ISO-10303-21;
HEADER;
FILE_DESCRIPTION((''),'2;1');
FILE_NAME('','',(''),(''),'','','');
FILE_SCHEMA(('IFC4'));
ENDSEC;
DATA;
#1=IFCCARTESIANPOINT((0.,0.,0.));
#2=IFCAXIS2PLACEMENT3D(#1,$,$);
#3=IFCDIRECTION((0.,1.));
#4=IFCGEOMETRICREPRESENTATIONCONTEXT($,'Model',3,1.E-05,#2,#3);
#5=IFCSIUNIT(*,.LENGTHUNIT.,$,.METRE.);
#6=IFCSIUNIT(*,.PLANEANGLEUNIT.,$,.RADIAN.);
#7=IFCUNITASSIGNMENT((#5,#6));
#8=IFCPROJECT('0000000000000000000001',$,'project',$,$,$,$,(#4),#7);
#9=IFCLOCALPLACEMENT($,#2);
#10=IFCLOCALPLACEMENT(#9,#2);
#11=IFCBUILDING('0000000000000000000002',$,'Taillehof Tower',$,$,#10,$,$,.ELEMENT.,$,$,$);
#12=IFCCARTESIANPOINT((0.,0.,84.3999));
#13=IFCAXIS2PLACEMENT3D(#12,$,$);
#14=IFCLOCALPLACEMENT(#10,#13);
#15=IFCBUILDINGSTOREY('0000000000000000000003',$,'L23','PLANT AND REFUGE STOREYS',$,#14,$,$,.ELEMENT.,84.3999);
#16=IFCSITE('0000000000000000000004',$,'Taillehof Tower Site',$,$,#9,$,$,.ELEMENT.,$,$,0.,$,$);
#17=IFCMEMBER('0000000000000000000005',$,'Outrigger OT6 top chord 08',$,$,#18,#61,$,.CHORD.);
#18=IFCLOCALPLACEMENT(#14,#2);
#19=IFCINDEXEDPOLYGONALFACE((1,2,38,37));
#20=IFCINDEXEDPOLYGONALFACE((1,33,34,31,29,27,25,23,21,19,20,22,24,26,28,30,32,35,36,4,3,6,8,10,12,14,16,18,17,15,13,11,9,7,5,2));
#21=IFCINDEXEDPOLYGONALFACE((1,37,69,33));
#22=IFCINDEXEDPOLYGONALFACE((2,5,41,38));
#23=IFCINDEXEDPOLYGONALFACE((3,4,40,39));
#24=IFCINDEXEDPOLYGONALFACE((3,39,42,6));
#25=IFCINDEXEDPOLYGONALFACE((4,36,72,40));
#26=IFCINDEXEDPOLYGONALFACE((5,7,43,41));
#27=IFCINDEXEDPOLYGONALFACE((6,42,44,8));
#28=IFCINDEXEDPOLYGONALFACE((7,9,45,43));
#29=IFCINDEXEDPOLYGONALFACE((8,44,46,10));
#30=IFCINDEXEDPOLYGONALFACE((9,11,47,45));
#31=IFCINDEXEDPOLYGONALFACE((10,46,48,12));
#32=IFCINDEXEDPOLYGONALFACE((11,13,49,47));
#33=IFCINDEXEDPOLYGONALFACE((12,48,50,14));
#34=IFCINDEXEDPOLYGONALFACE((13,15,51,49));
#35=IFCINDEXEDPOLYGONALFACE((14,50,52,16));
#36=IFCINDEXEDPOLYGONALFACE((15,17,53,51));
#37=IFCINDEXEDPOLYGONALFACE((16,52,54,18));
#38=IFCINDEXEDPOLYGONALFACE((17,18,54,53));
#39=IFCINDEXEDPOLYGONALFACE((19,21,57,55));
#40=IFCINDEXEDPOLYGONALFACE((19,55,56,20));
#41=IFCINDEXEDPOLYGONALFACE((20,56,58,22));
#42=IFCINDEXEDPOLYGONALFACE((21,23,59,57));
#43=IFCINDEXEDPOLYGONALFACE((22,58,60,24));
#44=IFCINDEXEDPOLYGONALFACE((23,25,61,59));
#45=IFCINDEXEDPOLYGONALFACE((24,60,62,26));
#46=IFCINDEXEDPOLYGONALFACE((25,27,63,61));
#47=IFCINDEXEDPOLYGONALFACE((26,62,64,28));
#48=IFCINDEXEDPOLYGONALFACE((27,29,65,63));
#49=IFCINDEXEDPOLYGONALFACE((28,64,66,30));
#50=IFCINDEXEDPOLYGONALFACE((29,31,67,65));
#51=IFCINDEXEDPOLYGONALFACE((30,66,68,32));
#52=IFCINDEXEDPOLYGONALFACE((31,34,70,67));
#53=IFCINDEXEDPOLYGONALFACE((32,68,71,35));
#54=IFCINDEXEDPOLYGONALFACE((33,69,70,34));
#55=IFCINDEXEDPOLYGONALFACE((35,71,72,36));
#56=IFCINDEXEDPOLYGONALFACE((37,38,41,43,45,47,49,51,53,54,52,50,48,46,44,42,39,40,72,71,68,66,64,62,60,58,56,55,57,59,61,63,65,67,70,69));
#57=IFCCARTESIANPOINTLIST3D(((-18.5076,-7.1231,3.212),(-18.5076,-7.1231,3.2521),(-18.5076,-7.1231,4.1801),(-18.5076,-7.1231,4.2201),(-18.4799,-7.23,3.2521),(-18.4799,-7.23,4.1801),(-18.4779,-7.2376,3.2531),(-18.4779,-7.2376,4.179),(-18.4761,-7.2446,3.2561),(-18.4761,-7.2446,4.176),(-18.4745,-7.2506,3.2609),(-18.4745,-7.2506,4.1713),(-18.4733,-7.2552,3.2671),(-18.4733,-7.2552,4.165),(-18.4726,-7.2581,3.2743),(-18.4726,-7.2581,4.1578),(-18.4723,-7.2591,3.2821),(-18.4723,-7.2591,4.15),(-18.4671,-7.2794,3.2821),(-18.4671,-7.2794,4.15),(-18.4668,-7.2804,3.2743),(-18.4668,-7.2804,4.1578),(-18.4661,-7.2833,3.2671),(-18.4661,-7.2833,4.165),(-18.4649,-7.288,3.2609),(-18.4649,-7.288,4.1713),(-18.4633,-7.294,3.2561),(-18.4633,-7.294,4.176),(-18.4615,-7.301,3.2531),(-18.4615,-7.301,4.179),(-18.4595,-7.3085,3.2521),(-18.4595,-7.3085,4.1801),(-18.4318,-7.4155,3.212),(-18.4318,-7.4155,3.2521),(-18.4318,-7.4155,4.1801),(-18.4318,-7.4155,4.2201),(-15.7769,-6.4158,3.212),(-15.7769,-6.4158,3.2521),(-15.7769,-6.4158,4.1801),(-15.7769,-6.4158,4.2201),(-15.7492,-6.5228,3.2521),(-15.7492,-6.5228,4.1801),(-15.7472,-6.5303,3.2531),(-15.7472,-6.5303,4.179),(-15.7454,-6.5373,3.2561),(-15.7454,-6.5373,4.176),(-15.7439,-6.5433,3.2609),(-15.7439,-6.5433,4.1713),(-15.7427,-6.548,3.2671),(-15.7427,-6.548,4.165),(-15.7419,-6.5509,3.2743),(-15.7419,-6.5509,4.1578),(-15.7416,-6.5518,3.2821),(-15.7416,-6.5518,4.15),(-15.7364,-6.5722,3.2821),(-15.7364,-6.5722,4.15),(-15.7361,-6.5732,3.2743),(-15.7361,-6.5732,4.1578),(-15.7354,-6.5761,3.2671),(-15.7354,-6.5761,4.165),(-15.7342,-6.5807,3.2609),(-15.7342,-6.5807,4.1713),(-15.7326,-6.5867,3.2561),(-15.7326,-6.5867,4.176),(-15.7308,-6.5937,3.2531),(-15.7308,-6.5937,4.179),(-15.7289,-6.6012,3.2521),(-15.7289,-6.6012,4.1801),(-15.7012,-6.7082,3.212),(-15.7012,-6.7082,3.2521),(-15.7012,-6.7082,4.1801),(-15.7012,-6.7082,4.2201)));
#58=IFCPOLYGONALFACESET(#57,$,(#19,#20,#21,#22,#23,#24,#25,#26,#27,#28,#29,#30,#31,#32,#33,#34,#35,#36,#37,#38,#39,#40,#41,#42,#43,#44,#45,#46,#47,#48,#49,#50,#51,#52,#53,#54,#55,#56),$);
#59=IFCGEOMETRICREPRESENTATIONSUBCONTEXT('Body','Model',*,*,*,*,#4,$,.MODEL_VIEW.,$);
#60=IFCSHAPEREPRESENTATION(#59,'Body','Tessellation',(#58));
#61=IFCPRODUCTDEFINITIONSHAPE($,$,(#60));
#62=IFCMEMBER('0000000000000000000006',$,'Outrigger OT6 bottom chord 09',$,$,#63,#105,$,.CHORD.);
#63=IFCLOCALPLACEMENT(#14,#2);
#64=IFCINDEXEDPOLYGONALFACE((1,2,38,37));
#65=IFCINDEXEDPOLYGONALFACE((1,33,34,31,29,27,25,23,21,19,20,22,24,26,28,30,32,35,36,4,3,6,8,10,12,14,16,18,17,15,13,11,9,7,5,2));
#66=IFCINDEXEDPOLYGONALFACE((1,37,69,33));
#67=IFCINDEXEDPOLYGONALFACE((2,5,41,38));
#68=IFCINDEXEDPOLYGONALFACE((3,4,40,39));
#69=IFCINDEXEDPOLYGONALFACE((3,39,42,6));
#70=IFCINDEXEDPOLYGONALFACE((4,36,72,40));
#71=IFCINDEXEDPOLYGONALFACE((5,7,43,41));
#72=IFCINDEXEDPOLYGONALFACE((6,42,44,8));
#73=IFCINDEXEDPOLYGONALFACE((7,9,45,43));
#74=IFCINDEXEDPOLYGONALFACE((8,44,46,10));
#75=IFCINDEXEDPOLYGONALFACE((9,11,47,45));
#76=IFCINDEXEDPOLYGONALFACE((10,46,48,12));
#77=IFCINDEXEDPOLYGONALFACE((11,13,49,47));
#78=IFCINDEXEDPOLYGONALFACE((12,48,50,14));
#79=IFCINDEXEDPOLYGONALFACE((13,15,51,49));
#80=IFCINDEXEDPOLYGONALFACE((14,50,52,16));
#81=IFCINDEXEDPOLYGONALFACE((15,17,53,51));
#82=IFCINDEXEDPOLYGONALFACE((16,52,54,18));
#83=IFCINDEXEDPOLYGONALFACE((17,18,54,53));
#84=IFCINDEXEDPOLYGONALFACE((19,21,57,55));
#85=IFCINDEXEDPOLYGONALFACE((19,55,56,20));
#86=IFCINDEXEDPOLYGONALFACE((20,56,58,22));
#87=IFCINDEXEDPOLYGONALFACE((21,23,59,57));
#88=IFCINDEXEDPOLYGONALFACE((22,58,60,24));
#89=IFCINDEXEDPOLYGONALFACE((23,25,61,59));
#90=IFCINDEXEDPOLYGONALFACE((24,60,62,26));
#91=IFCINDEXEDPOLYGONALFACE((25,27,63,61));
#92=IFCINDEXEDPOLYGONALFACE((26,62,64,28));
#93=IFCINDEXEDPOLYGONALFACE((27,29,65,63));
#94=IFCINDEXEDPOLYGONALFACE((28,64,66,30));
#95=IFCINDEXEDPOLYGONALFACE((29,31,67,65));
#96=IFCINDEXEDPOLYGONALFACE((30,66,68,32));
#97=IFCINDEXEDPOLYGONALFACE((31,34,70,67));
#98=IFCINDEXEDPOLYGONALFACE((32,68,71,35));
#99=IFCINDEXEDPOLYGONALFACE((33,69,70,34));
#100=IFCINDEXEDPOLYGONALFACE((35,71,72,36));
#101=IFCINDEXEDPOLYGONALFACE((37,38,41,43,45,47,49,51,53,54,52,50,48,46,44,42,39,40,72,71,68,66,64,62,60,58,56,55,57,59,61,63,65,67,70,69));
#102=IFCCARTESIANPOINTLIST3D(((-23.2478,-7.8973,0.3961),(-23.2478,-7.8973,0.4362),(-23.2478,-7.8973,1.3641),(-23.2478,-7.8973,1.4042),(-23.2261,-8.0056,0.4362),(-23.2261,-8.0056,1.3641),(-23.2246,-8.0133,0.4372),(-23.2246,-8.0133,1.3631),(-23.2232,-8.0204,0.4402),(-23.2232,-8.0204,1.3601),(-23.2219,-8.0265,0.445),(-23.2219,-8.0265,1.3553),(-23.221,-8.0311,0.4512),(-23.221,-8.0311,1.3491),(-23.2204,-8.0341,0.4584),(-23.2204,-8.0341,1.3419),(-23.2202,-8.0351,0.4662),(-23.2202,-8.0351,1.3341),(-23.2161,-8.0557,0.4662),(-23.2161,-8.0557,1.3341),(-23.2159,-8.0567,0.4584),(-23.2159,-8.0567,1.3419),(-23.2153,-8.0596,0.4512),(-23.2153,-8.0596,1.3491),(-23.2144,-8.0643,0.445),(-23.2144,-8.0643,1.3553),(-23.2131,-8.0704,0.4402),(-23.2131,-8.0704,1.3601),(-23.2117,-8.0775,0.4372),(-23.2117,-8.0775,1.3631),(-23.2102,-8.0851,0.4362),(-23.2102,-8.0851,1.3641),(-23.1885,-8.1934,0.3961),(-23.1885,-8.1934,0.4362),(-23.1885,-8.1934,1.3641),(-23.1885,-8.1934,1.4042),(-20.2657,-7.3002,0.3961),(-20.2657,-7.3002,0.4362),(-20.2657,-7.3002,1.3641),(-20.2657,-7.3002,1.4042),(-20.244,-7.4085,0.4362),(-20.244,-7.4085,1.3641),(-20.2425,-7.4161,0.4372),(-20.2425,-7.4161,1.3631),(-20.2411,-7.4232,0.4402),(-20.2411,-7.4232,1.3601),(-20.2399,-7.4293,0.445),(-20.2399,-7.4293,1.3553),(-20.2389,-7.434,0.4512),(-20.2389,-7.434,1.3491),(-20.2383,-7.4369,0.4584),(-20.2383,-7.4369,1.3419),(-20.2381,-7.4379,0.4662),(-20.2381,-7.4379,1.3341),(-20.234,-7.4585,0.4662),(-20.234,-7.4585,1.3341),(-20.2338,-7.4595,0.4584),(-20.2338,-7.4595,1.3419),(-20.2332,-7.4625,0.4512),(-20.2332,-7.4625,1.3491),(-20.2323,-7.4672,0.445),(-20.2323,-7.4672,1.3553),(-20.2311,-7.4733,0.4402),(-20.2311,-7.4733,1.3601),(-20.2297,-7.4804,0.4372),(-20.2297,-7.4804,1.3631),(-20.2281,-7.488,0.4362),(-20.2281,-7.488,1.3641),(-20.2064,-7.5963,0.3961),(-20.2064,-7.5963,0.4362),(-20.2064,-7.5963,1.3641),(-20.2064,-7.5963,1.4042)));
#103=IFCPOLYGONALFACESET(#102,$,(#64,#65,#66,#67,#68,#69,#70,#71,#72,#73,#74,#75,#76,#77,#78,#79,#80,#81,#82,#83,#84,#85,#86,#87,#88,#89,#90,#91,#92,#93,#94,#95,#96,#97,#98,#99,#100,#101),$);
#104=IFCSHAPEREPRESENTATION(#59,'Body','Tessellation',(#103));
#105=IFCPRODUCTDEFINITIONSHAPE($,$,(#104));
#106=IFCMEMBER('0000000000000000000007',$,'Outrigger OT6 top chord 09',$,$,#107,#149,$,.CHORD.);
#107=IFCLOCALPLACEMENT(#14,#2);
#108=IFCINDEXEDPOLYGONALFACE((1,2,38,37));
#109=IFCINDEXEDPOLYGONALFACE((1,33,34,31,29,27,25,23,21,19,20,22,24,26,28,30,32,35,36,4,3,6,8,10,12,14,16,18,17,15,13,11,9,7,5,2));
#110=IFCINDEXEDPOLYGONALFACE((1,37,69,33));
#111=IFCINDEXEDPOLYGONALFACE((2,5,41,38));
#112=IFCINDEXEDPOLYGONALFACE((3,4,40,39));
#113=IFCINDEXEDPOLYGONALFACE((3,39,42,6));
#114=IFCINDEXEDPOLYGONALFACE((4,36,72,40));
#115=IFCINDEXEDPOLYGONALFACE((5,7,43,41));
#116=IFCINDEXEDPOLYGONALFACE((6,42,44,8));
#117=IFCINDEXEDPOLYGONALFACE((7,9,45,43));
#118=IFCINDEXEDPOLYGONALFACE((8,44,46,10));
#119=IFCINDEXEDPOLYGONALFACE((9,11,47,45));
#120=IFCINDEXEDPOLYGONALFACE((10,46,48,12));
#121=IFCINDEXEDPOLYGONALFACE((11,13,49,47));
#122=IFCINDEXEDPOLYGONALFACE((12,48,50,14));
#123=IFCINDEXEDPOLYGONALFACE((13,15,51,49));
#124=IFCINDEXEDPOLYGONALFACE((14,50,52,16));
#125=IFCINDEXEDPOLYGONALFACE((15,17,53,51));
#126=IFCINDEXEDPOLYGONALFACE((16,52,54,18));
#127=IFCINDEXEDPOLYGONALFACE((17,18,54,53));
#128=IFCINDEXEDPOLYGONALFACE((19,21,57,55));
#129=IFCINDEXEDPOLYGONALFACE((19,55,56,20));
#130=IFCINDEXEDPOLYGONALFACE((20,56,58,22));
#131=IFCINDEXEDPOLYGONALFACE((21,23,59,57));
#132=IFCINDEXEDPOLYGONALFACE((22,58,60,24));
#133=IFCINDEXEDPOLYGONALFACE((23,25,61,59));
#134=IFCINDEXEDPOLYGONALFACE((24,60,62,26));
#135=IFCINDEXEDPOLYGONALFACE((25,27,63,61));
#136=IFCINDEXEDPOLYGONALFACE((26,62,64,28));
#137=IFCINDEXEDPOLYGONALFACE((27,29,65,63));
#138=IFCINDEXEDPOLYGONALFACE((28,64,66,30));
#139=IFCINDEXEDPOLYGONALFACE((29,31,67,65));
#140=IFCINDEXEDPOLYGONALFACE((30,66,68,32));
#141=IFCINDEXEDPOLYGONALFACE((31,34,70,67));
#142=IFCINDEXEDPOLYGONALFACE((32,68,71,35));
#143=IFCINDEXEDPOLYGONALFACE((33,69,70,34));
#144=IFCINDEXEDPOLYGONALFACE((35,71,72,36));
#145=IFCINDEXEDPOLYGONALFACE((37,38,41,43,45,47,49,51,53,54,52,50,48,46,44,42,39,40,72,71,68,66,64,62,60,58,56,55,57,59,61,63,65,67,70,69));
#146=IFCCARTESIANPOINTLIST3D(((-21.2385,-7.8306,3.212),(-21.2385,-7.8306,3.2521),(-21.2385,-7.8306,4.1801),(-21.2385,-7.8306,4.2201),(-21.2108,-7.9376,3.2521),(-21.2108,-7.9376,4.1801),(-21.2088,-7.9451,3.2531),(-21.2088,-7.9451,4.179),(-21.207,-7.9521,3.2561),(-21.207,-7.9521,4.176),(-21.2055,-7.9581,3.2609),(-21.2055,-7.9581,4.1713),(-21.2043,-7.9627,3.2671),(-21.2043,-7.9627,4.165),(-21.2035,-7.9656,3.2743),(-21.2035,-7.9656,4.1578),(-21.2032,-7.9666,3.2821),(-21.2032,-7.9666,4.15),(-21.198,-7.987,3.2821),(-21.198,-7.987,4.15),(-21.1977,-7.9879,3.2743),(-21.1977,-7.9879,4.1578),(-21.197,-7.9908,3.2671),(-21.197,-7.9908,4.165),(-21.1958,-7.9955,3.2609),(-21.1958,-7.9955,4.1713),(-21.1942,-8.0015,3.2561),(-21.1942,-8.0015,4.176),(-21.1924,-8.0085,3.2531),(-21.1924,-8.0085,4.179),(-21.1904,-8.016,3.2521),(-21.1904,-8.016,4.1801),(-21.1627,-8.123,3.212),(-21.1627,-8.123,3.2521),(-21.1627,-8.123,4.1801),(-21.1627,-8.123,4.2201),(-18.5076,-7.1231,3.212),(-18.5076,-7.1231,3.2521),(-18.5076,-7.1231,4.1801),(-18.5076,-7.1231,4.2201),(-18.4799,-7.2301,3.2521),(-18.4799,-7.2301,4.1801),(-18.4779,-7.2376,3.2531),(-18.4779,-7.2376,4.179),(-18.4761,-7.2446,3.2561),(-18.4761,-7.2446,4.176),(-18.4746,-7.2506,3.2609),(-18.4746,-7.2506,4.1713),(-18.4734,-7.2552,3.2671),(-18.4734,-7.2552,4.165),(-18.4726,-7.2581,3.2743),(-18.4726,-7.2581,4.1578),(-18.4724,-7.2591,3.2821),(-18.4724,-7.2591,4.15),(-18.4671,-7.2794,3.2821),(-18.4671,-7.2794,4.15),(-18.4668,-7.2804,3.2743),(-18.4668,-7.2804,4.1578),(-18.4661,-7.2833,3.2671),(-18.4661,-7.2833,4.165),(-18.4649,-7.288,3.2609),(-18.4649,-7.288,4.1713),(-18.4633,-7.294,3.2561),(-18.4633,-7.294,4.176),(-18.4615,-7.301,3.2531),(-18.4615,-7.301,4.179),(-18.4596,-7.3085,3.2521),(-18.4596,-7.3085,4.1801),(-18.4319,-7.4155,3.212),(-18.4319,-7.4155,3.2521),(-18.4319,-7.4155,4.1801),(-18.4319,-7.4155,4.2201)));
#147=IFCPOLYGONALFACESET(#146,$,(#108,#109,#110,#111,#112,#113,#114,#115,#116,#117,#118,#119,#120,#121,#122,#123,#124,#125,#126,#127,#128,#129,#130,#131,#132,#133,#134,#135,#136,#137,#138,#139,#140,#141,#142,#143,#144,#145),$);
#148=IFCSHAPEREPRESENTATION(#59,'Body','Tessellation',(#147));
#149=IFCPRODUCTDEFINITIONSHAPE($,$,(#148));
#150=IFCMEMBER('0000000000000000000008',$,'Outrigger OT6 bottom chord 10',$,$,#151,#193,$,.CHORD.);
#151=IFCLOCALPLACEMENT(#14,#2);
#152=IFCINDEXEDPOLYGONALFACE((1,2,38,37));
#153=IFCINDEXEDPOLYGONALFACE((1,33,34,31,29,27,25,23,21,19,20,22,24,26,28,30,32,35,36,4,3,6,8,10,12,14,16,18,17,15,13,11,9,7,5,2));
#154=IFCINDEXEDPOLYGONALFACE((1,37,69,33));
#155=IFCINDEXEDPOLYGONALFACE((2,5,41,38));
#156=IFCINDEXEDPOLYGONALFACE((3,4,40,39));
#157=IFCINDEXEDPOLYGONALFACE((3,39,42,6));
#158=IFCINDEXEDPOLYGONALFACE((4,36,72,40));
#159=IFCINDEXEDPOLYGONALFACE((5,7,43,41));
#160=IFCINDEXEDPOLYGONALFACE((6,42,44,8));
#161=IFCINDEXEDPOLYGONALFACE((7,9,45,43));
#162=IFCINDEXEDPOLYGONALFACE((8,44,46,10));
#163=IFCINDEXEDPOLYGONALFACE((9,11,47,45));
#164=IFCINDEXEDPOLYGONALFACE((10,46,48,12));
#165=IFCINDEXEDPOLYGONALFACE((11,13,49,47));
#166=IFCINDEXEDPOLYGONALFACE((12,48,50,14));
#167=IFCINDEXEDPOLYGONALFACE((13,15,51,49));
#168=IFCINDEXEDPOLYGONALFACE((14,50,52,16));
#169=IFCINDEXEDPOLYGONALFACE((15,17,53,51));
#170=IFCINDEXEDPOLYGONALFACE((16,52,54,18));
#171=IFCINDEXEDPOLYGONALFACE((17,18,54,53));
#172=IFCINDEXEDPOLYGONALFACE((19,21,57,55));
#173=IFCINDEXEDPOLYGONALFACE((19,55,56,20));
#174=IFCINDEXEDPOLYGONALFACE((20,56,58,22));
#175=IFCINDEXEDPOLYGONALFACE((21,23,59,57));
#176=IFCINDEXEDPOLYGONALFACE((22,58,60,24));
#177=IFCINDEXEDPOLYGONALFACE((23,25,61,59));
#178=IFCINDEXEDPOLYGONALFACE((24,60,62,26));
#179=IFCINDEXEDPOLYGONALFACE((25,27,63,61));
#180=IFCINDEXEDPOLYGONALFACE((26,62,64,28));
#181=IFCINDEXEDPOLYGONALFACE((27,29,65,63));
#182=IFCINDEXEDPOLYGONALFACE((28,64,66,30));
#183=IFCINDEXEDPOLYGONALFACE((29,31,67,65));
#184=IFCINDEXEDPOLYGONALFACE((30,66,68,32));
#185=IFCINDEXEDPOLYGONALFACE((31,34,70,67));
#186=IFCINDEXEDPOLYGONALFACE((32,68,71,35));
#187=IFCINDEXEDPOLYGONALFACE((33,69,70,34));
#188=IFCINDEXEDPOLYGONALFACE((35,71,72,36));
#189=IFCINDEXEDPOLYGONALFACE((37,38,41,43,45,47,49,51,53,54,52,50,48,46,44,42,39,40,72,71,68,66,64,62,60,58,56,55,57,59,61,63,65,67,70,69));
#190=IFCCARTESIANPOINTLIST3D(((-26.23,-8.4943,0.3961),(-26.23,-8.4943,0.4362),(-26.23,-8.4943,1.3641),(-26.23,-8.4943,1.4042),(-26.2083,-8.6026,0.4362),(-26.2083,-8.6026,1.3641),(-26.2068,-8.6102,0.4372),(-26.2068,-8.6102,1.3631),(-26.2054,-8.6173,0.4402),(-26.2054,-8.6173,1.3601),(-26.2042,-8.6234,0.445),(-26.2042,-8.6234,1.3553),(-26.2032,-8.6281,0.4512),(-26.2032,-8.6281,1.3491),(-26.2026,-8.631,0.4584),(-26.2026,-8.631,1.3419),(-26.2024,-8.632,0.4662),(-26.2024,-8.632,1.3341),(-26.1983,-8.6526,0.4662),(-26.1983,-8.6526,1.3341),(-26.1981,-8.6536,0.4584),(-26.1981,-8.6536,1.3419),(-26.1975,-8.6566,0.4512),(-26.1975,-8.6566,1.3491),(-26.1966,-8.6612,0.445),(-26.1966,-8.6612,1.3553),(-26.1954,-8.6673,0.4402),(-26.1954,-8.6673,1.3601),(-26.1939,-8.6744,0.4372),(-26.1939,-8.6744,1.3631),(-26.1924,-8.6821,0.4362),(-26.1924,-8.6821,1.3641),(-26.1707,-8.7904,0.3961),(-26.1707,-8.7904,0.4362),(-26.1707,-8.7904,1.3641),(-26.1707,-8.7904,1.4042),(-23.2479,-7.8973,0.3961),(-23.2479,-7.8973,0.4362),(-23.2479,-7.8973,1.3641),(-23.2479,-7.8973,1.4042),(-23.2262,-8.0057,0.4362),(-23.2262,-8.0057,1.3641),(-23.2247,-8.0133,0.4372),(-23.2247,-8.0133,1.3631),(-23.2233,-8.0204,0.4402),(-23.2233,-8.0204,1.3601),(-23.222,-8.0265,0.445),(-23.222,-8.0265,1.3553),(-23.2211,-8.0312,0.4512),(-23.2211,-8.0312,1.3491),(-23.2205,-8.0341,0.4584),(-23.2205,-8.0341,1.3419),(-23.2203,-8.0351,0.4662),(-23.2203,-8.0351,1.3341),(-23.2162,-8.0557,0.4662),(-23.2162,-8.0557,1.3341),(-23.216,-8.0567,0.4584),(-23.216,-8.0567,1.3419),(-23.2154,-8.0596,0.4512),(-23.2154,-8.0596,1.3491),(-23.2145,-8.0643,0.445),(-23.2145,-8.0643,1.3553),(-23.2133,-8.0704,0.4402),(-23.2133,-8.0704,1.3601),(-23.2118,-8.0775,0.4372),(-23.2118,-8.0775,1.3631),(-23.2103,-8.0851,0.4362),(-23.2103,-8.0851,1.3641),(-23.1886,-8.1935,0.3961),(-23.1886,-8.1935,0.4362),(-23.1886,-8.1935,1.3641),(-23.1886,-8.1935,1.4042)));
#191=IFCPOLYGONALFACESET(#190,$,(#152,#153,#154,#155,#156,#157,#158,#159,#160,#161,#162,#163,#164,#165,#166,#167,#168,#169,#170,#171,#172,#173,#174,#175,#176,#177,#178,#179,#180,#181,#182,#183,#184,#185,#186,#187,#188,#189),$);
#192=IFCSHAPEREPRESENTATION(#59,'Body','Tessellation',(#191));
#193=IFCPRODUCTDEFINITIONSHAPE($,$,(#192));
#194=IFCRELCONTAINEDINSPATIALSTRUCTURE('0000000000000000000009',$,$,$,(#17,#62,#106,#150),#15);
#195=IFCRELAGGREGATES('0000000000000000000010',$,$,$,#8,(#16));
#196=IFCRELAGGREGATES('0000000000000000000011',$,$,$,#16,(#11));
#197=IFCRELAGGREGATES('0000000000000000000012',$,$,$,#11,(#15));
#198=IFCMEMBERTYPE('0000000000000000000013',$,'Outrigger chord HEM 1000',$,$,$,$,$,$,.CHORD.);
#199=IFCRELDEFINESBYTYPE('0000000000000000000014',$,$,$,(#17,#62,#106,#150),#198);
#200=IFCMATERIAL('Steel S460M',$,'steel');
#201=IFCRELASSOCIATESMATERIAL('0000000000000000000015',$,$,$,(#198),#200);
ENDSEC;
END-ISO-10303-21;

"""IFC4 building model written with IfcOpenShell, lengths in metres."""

from ifc_helpers import new_model, si_unit, direction, frame, origin, origin_2d, place, context, subcontext, project, spatial, i_section, extrude, material, material_profile, profile_set, type_object, element, save


model = new_model("IFC4")

# Units and contexts
model_context = context("Model", 3, precision=1e-05, world=origin(), true_north=direction((0.0, 1.0)))
body_context = subcontext(model_context, "Body", "Model", "MODEL_VIEW")
ifc_project = project(units=[si_unit("LENGTHUNIT", "METRE"), si_unit("PLANEANGLEUNIT", "RADIAN")], contexts=[model_context])

# Site, building, storey
site_placement = place(None, origin())
site = spatial("IfcSite", under=ifc_project, at=site_placement, Name="Taillehof Tower Site", CompositionType="ELEMENT", RefElevation=0.0)
building_placement = place(site_placement, origin())
building = spatial("IfcBuilding", under=site, at=building_placement, Name="Taillehof Tower", CompositionType="ELEMENT")
storey_placement = place(building_placement, frame((0.0, 0.0, 84.3999)))
storey = spatial("IfcBuildingStorey", under=building, at=storey_placement, Name="L23", Description="PLANT AND REFUGE STOREYS", CompositionType="ELEMENT", Elevation=84.3999)

# Members
ifc_material_1 = material(Name="Steel S460M", Category="steel")
ifc_material_profile_1 = material_profile(ifc_material_1, i_section(OverallWidth=0.302, OverallDepth=1.0081, WebThickness=0.021, FlangeThickness=0.04, FilletRadius=0.03, at=origin_2d()), Name="HEM 1000")
ifc_profile_set_1 = profile_set([ifc_material_profile_1], Name="Steel S460M")
member_type_1 = type_object("IfcMemberType", Name="Outrigger chord HEM 1000", PredefinedType="CHORD", material=ifc_profile_set_1)
member_1_placement = place(storey_placement, frame((-15.739, -6.562, 3.7161), z_axis=(-0.968056, -0.250734, 0.0), x_axis=(0.250734, -0.968056, 0.0)))
element("IfcMember", 1, at=member_1_placement, inside=storey, type_object=member_type_1, Name="Outrigger OT6 top chord 08", PredefinedType="CHORD", context=body_context, shape_type="SweptSolid", body=[
    extrude(i_section(OverallWidth=0.302, OverallDepth=1.0081, WebThickness=0.021, FlangeThickness=0.04, FilletRadius=0.03, at=origin_2d()), origin(), (0.0, 0.0, 1.0), 2.8208),
])
member_2_placement = place(storey_placement, frame((-20.2361, -7.4482, 0.9001), z_axis=(-0.980534, -0.196348, 0.0), x_axis=(0.196348, -0.980534, 0.0)))
element("IfcMember", 2, at=member_2_placement, inside=storey, type_object=member_type_1, Name="Outrigger OT6 bottom chord 09", PredefinedType="CHORD", context=body_context, shape_type="SweptSolid", body=[
    extrude(i_section(OverallWidth=0.302, OverallDepth=1.0081, WebThickness=0.021, FlangeThickness=0.04, FilletRadius=0.03, at=origin_2d()), origin(), (0.0, 0.0, 1.0), 3.0413),
])
member_3_placement = place(storey_placement, frame((-18.4697, -7.2693, 3.7161), z_axis=(-0.96804, -0.250794, 0.0), x_axis=(0.250794, -0.96804, 0.0)))
element("IfcMember", 3, at=member_3_placement, inside=storey, type_object=member_type_1, Name="Outrigger OT6 top chord 09", PredefinedType="CHORD", context=body_context, shape_type="SweptSolid", body=[
    extrude(i_section(OverallWidth=0.302, OverallDepth=1.0081, WebThickness=0.021, FlangeThickness=0.04, FilletRadius=0.03, at=origin_2d()), origin(), (0.0, 0.0, 1.0), 2.821),
])
member_4_placement = place(storey_placement, frame((-23.2183, -8.0454, 0.9001), z_axis=(-0.98055, -0.196271, 0.0), x_axis=(0.196271, -0.98055, 0.0)))
element("IfcMember", 4, at=member_4_placement, inside=storey, type_object=member_type_1, Name="Outrigger OT6 bottom chord 10", PredefinedType="CHORD", context=body_context, shape_type="SweptSolid", body=[
    extrude(i_section(OverallWidth=0.302, OverallDepth=1.0081, WebThickness=0.021, FlangeThickness=0.04, FilletRadius=0.03, at=origin_2d()), origin(), (0.0, 0.0, 1.0), 3.0413),
])

save(model, "model.ifc")
